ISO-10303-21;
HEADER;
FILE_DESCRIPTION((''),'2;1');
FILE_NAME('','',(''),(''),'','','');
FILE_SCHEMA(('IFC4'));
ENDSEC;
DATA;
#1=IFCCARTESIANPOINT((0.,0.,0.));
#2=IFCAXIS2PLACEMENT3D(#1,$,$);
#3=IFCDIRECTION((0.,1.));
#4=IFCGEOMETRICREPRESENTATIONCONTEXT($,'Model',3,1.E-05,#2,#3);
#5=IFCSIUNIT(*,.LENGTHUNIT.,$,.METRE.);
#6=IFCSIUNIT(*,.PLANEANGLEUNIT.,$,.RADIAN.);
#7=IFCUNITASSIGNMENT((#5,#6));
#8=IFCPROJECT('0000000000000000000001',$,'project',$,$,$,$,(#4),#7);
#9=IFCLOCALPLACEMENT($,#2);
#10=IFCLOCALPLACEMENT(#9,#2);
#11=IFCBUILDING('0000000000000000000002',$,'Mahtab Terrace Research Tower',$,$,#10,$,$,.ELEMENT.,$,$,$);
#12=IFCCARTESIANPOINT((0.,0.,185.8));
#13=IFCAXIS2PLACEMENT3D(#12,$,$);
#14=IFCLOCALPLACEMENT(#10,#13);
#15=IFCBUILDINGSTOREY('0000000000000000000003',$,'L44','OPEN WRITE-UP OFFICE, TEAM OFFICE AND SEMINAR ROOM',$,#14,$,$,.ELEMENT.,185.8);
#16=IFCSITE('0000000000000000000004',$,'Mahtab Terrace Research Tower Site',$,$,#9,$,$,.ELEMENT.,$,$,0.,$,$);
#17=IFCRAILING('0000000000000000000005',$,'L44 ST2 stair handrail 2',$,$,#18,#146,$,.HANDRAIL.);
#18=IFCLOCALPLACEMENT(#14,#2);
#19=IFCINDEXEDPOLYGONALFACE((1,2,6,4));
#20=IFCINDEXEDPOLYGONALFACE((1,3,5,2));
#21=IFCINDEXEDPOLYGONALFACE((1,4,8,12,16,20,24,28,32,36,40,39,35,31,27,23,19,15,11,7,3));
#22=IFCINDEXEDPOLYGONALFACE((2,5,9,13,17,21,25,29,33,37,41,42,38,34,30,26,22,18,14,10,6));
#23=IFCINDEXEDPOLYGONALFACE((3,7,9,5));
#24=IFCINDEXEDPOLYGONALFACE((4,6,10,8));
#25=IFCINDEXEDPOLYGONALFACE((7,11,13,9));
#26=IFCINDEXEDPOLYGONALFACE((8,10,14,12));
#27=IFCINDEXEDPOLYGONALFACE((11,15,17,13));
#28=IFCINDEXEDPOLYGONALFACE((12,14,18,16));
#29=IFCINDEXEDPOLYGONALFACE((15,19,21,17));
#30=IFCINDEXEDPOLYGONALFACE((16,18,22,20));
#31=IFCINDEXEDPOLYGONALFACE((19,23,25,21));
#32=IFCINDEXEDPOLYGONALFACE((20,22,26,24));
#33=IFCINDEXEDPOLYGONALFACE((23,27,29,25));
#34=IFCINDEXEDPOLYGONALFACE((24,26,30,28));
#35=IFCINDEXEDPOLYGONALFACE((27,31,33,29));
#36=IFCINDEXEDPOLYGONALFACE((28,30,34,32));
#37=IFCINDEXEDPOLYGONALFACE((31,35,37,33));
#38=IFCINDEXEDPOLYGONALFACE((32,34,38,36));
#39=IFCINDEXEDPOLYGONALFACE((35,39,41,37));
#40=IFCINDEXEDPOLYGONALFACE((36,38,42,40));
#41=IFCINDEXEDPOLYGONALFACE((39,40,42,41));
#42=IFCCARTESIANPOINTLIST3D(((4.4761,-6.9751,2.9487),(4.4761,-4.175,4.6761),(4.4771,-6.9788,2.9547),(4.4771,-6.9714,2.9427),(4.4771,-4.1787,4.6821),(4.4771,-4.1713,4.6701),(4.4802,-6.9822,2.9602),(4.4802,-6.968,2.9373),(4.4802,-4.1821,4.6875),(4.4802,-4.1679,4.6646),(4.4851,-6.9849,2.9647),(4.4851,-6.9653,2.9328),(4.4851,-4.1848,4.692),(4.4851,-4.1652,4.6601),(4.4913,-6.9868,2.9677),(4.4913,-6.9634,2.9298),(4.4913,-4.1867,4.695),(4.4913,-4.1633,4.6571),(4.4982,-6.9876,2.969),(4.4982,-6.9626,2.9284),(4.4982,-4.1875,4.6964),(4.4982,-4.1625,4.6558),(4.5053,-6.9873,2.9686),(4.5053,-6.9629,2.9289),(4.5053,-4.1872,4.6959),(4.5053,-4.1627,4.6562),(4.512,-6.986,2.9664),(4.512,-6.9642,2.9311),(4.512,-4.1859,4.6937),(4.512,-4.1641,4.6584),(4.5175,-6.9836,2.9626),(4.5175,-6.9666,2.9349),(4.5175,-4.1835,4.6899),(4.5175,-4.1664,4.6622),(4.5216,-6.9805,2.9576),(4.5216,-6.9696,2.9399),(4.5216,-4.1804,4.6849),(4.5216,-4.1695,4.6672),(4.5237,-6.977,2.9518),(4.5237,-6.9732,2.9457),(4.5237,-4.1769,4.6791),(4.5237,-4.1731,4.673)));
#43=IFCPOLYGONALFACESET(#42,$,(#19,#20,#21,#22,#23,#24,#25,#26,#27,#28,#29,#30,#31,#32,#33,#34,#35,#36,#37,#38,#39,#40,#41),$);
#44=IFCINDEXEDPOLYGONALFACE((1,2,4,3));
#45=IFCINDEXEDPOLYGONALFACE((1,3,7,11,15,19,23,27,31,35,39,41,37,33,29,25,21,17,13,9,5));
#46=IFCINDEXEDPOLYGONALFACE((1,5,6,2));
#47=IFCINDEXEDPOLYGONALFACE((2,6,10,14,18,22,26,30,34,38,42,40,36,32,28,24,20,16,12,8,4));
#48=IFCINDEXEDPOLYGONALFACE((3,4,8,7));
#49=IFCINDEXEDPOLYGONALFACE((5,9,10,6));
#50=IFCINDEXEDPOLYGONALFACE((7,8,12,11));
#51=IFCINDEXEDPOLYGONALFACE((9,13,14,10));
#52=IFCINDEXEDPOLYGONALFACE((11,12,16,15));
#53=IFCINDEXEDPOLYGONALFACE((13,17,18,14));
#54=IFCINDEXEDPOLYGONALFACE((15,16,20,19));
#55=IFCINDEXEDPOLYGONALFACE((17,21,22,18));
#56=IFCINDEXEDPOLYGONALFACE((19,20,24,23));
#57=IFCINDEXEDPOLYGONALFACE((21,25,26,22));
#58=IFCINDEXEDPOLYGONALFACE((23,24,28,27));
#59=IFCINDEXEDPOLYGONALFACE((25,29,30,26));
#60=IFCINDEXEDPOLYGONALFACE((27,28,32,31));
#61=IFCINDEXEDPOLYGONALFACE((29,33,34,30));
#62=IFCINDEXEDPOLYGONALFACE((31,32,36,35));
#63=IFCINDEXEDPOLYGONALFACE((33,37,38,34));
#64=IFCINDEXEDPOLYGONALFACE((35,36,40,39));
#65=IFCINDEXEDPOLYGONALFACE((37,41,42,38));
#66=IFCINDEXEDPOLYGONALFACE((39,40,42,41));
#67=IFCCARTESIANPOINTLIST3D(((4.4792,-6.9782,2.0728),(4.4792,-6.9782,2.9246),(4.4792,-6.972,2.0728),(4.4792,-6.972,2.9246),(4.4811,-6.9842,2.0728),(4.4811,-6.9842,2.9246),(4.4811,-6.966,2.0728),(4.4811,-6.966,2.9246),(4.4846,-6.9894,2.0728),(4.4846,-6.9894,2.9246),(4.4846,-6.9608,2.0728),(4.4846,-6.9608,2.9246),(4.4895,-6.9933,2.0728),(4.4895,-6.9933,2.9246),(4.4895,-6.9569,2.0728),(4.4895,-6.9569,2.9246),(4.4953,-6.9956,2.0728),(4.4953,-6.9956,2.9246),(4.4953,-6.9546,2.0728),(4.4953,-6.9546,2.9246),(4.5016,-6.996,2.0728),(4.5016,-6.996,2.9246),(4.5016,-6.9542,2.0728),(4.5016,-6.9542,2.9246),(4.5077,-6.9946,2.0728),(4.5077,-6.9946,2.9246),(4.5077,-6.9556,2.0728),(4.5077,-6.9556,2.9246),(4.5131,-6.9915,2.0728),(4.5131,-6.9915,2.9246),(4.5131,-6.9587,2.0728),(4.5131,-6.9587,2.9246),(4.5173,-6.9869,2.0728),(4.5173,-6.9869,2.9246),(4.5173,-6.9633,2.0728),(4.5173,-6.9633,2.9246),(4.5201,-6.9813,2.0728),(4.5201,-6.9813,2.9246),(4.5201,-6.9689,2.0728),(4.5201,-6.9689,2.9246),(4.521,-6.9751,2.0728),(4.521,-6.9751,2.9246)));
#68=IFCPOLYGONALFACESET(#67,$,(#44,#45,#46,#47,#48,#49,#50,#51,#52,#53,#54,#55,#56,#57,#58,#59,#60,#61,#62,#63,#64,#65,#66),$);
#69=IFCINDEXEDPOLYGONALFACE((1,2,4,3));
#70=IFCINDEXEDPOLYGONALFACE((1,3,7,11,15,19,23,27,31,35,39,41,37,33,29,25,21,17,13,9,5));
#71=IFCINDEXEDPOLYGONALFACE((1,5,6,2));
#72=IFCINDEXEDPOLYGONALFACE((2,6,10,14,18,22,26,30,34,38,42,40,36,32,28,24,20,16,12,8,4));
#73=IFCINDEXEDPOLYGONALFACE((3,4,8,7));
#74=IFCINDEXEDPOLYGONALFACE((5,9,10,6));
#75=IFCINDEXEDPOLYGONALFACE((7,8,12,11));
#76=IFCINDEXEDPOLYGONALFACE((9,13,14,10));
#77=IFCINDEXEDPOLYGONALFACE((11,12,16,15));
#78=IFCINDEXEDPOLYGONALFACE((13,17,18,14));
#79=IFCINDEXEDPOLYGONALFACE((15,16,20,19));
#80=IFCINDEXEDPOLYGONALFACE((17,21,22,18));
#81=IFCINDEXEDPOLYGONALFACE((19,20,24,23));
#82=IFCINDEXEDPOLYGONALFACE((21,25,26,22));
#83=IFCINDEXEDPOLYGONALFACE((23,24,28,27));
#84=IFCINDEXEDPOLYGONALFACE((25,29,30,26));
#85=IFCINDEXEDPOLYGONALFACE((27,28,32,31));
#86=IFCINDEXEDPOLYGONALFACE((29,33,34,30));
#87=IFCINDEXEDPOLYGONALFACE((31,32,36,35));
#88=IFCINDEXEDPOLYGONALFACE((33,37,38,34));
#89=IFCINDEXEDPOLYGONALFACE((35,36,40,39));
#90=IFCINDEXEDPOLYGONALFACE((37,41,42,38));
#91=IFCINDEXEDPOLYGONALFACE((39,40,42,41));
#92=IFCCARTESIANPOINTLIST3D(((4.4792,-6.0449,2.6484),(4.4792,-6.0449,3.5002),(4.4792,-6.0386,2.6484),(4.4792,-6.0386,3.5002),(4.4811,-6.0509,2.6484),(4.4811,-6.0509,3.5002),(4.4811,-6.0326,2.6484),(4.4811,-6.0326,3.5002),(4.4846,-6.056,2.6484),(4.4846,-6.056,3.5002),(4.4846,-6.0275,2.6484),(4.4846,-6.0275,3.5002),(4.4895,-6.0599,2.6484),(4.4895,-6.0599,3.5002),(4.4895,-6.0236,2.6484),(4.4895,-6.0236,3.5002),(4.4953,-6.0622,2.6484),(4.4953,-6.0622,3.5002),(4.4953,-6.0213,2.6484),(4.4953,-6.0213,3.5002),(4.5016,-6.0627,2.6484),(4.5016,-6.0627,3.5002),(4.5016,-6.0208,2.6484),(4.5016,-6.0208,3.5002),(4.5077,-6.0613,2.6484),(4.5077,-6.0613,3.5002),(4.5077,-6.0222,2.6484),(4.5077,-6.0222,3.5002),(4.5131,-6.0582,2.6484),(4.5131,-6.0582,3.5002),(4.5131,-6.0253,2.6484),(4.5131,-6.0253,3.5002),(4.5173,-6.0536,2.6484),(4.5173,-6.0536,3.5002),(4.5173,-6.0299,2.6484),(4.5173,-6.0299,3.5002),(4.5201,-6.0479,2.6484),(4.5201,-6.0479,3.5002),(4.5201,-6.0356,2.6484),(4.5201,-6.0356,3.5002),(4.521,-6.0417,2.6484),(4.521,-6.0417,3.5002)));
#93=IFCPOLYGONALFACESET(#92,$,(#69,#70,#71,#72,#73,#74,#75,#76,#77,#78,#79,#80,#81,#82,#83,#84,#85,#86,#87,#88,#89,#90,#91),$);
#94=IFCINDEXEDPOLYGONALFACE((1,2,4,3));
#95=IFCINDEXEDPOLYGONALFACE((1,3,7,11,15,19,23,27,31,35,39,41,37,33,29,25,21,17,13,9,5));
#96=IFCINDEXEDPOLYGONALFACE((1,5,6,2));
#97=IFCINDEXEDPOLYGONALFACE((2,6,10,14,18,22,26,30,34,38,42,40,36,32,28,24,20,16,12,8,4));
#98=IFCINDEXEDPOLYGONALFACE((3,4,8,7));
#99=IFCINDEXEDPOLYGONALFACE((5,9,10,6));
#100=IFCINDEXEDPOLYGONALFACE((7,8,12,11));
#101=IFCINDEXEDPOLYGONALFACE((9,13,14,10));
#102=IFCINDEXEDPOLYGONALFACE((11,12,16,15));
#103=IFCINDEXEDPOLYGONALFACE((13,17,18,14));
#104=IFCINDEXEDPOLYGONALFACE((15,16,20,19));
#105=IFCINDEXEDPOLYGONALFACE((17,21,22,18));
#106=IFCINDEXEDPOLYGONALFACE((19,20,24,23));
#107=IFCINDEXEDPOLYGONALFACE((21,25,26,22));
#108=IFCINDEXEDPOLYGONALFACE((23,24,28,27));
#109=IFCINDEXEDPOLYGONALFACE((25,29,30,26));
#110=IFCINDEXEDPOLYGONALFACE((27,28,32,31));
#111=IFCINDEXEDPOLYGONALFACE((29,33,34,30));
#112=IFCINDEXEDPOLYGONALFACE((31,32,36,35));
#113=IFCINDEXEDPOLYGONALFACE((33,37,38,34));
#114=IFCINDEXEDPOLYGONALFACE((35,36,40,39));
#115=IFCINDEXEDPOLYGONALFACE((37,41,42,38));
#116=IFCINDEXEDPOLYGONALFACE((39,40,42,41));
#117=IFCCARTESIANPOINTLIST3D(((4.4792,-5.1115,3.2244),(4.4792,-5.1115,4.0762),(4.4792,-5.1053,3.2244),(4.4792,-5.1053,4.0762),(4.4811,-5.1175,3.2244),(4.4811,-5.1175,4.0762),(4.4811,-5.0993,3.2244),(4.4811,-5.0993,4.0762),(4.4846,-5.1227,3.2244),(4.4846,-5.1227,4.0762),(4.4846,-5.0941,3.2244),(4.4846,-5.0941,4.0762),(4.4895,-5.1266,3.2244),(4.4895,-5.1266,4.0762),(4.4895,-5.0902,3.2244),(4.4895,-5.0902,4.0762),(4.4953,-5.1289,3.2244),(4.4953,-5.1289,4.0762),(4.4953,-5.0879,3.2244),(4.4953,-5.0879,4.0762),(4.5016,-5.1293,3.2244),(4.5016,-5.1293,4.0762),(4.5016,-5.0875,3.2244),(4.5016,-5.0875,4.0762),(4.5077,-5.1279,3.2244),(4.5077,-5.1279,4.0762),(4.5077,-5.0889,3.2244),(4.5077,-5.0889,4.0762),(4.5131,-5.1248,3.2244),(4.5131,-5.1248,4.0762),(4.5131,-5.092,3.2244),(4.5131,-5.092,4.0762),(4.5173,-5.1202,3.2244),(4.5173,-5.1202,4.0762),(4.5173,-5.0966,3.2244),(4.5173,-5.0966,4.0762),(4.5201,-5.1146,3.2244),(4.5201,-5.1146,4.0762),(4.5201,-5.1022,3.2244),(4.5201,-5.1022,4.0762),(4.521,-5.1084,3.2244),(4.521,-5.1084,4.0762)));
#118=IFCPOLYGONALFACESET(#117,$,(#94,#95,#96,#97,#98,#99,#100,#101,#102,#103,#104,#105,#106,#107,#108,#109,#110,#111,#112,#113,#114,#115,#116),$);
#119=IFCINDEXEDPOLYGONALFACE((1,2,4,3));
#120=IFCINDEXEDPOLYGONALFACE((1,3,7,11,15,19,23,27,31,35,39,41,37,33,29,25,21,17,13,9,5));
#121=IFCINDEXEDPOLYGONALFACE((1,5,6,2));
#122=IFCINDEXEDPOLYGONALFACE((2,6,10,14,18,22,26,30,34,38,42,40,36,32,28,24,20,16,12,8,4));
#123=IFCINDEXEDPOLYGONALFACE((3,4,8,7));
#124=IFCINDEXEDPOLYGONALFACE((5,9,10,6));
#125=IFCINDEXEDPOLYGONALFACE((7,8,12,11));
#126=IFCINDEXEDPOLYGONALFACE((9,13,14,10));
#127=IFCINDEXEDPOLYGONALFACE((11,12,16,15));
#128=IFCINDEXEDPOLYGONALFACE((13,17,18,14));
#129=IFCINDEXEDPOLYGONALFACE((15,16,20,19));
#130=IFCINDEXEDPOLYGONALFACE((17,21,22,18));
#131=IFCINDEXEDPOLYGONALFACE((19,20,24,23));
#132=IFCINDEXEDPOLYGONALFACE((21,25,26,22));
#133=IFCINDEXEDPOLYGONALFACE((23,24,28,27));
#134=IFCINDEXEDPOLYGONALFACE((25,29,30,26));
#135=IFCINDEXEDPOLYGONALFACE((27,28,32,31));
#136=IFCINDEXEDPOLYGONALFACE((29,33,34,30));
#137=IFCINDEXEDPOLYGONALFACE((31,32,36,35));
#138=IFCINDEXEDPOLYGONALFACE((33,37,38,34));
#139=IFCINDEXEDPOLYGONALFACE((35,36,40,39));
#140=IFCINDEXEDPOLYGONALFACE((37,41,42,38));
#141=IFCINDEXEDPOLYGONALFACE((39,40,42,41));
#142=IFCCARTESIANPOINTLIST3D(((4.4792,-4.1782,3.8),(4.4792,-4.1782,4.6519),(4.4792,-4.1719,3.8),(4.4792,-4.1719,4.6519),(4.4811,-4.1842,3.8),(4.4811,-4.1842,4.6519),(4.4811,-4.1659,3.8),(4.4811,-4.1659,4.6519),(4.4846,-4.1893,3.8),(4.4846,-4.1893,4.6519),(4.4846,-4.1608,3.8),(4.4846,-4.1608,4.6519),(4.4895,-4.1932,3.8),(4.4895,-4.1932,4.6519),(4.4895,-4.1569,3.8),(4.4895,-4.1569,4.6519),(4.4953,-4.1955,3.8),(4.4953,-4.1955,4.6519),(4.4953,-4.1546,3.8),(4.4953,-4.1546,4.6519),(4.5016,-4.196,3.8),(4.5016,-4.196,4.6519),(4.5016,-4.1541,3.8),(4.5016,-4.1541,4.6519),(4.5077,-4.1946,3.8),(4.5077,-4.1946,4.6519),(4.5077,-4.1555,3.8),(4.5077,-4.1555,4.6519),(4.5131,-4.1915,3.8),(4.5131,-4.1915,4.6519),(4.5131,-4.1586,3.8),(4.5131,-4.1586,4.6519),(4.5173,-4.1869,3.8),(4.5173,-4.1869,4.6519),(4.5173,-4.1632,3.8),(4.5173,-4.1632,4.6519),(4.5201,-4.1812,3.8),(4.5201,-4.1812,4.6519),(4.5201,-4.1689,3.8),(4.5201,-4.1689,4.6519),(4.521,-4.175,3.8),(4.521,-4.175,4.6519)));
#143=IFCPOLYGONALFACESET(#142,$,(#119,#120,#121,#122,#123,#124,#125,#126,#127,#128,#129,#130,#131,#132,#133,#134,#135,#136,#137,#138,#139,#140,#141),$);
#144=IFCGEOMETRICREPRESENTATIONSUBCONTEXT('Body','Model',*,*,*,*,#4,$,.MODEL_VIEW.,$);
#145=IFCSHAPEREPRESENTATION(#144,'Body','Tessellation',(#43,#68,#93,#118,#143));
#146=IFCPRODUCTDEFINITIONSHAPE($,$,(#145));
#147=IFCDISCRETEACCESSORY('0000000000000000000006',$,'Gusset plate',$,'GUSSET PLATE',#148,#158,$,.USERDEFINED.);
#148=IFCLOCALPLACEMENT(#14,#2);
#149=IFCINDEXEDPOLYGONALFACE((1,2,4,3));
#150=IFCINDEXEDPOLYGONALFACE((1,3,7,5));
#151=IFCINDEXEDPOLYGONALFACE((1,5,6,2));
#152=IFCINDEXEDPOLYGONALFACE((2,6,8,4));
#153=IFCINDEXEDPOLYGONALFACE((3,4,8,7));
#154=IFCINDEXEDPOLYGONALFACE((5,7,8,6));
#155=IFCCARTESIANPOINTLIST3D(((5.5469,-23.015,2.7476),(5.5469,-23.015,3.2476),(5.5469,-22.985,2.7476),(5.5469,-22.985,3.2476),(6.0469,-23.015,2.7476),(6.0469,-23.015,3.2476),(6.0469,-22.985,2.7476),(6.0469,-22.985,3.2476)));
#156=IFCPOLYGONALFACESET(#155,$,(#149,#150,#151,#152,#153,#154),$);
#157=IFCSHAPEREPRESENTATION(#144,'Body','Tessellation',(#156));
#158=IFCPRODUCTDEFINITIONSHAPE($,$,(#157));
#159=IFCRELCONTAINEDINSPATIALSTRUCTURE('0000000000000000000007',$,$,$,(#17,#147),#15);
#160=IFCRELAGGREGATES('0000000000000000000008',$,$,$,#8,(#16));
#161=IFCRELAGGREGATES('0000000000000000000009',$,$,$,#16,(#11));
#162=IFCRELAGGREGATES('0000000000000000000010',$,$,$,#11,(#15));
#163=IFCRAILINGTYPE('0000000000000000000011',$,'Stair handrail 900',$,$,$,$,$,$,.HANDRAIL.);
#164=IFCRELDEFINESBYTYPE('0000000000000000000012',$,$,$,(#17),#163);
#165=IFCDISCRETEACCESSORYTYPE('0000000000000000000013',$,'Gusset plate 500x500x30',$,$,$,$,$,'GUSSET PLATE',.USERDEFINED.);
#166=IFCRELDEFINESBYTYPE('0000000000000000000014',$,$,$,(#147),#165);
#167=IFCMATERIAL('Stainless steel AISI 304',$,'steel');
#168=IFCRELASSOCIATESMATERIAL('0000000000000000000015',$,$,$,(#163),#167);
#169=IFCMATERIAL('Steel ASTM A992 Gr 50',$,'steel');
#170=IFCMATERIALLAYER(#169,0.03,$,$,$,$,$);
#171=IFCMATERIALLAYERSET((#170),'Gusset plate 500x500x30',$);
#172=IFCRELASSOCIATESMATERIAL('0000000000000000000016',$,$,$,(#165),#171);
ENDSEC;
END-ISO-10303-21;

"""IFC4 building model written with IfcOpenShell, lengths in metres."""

from ifc_helpers import new_model, si_unit, direction, frame, origin, origin_2d, place, context, subcontext, project, spatial, rectangle, circle, extrude, material, layer, layer_set, type_object, element, save


model = new_model("IFC4")

# Units and contexts
model_context = context("Model", 3, precision=1e-05, world=origin(), true_north=direction((0.0, 1.0)))
body_context = subcontext(model_context, "Body", "Model", "MODEL_VIEW")
ifc_project = project(units=[si_unit("LENGTHUNIT", "METRE"), si_unit("PLANEANGLEUNIT", "RADIAN")], contexts=[model_context])

# Site, building, storey
site_placement = place(None, origin())
site = spatial("IfcSite", under=ifc_project, at=site_placement, Name="Mahtab Terrace Research Tower Site", CompositionType="ELEMENT", RefElevation=0.0)
building_placement = place(site_placement, origin())
building = spatial("IfcBuilding", under=site, at=building_placement, Name="Mahtab Terrace Research Tower", CompositionType="ELEMENT")
storey_placement = place(building_placement, frame((0.0, 0.0, 185.8)))
storey = spatial("IfcBuildingStorey", under=building, at=storey_placement, Name="L44", Description="OPEN WRITE-UP OFFICE, TEAM OFFICE AND SEMINAR ROOM", CompositionType="ELEMENT", Elevation=185.8)

# Shared definitions
ifc_material_1 = material(Name="Steel ASTM A992 Gr 50", Category="steel")

# Railing
ifc_material_2 = material(Name="Stainless steel AISI 304", Category="steel")
railing_type_1 = type_object("IfcRailingType", Name="Stair handrail 900", PredefinedType="HANDRAIL", material=ifc_material_2)
railing_1_placement = place(storey_placement, frame((4.5, -6.9751, 2.0728)))
element("IfcRailing", 1, at=railing_1_placement, inside=storey, type_object=railing_type_1, Name="L44 ST2 stair handrail 2", PredefinedType="HANDRAIL", context=body_context, shape_type="SweptSolid", body=[
    extrude(circle(Radius=0.0239, at=origin_2d()), frame((0.0, 0.0, 0.876), z_axis=(0.0, 0.85109, 0.52502), x_axis=(-1.0, 0.0, 0.0)), (0.0, 0.0, 1.0), 3.29),
    extrude(circle(Radius=0.021, at=origin_2d()), origin(), (0.0, 0.0, 1.0), 0.8518),
    extrude(circle(Radius=0.021, at=origin_2d()), frame((0.0, 0.9333, 0.5757)), (0.0, 0.0, 1.0), 0.8518),
    extrude(circle(Radius=0.021, at=origin_2d()), frame((0.0, 1.8667, 1.1516)), (0.0, 0.0, 1.0), 0.8518),
    extrude(circle(Radius=0.021, at=origin_2d()), frame((0.0, 2.8, 1.7273)), (0.0, 0.0, 1.0), 0.8518),
])

# Discrete accessory
ifc_layer_1 = layer(ifc_material_1, 0.03)
ifc_layer_set_1 = layer_set([ifc_layer_1], Name="Gusset plate 500x500x30")
discrete_accessory_type = type_object("IfcDiscreteAccessoryType", Name="Gusset plate 500x500x30", ElementType="GUSSET PLATE", PredefinedType="USERDEFINED", material=ifc_layer_set_1)
discrete_accessory_placement = place(storey_placement, frame((5.7969, -23.0, 2.7476), z_axis=(0.0, 0.0, 1.0), x_axis=(1.0, 0.0, 0.0)))
element("IfcDiscreteAccessory", 2, at=discrete_accessory_placement, inside=storey, type_object=discrete_accessory_type, Name="Gusset plate", ObjectType="GUSSET PLATE", PredefinedType="USERDEFINED", context=body_context, shape_type="SweptSolid", body=[
    extrude(rectangle(XDim=0.5, YDim=0.03, at=origin_2d()), origin(), (0.0, 0.0, 1.0), 0.5),
])

save(model, "model.ifc")
